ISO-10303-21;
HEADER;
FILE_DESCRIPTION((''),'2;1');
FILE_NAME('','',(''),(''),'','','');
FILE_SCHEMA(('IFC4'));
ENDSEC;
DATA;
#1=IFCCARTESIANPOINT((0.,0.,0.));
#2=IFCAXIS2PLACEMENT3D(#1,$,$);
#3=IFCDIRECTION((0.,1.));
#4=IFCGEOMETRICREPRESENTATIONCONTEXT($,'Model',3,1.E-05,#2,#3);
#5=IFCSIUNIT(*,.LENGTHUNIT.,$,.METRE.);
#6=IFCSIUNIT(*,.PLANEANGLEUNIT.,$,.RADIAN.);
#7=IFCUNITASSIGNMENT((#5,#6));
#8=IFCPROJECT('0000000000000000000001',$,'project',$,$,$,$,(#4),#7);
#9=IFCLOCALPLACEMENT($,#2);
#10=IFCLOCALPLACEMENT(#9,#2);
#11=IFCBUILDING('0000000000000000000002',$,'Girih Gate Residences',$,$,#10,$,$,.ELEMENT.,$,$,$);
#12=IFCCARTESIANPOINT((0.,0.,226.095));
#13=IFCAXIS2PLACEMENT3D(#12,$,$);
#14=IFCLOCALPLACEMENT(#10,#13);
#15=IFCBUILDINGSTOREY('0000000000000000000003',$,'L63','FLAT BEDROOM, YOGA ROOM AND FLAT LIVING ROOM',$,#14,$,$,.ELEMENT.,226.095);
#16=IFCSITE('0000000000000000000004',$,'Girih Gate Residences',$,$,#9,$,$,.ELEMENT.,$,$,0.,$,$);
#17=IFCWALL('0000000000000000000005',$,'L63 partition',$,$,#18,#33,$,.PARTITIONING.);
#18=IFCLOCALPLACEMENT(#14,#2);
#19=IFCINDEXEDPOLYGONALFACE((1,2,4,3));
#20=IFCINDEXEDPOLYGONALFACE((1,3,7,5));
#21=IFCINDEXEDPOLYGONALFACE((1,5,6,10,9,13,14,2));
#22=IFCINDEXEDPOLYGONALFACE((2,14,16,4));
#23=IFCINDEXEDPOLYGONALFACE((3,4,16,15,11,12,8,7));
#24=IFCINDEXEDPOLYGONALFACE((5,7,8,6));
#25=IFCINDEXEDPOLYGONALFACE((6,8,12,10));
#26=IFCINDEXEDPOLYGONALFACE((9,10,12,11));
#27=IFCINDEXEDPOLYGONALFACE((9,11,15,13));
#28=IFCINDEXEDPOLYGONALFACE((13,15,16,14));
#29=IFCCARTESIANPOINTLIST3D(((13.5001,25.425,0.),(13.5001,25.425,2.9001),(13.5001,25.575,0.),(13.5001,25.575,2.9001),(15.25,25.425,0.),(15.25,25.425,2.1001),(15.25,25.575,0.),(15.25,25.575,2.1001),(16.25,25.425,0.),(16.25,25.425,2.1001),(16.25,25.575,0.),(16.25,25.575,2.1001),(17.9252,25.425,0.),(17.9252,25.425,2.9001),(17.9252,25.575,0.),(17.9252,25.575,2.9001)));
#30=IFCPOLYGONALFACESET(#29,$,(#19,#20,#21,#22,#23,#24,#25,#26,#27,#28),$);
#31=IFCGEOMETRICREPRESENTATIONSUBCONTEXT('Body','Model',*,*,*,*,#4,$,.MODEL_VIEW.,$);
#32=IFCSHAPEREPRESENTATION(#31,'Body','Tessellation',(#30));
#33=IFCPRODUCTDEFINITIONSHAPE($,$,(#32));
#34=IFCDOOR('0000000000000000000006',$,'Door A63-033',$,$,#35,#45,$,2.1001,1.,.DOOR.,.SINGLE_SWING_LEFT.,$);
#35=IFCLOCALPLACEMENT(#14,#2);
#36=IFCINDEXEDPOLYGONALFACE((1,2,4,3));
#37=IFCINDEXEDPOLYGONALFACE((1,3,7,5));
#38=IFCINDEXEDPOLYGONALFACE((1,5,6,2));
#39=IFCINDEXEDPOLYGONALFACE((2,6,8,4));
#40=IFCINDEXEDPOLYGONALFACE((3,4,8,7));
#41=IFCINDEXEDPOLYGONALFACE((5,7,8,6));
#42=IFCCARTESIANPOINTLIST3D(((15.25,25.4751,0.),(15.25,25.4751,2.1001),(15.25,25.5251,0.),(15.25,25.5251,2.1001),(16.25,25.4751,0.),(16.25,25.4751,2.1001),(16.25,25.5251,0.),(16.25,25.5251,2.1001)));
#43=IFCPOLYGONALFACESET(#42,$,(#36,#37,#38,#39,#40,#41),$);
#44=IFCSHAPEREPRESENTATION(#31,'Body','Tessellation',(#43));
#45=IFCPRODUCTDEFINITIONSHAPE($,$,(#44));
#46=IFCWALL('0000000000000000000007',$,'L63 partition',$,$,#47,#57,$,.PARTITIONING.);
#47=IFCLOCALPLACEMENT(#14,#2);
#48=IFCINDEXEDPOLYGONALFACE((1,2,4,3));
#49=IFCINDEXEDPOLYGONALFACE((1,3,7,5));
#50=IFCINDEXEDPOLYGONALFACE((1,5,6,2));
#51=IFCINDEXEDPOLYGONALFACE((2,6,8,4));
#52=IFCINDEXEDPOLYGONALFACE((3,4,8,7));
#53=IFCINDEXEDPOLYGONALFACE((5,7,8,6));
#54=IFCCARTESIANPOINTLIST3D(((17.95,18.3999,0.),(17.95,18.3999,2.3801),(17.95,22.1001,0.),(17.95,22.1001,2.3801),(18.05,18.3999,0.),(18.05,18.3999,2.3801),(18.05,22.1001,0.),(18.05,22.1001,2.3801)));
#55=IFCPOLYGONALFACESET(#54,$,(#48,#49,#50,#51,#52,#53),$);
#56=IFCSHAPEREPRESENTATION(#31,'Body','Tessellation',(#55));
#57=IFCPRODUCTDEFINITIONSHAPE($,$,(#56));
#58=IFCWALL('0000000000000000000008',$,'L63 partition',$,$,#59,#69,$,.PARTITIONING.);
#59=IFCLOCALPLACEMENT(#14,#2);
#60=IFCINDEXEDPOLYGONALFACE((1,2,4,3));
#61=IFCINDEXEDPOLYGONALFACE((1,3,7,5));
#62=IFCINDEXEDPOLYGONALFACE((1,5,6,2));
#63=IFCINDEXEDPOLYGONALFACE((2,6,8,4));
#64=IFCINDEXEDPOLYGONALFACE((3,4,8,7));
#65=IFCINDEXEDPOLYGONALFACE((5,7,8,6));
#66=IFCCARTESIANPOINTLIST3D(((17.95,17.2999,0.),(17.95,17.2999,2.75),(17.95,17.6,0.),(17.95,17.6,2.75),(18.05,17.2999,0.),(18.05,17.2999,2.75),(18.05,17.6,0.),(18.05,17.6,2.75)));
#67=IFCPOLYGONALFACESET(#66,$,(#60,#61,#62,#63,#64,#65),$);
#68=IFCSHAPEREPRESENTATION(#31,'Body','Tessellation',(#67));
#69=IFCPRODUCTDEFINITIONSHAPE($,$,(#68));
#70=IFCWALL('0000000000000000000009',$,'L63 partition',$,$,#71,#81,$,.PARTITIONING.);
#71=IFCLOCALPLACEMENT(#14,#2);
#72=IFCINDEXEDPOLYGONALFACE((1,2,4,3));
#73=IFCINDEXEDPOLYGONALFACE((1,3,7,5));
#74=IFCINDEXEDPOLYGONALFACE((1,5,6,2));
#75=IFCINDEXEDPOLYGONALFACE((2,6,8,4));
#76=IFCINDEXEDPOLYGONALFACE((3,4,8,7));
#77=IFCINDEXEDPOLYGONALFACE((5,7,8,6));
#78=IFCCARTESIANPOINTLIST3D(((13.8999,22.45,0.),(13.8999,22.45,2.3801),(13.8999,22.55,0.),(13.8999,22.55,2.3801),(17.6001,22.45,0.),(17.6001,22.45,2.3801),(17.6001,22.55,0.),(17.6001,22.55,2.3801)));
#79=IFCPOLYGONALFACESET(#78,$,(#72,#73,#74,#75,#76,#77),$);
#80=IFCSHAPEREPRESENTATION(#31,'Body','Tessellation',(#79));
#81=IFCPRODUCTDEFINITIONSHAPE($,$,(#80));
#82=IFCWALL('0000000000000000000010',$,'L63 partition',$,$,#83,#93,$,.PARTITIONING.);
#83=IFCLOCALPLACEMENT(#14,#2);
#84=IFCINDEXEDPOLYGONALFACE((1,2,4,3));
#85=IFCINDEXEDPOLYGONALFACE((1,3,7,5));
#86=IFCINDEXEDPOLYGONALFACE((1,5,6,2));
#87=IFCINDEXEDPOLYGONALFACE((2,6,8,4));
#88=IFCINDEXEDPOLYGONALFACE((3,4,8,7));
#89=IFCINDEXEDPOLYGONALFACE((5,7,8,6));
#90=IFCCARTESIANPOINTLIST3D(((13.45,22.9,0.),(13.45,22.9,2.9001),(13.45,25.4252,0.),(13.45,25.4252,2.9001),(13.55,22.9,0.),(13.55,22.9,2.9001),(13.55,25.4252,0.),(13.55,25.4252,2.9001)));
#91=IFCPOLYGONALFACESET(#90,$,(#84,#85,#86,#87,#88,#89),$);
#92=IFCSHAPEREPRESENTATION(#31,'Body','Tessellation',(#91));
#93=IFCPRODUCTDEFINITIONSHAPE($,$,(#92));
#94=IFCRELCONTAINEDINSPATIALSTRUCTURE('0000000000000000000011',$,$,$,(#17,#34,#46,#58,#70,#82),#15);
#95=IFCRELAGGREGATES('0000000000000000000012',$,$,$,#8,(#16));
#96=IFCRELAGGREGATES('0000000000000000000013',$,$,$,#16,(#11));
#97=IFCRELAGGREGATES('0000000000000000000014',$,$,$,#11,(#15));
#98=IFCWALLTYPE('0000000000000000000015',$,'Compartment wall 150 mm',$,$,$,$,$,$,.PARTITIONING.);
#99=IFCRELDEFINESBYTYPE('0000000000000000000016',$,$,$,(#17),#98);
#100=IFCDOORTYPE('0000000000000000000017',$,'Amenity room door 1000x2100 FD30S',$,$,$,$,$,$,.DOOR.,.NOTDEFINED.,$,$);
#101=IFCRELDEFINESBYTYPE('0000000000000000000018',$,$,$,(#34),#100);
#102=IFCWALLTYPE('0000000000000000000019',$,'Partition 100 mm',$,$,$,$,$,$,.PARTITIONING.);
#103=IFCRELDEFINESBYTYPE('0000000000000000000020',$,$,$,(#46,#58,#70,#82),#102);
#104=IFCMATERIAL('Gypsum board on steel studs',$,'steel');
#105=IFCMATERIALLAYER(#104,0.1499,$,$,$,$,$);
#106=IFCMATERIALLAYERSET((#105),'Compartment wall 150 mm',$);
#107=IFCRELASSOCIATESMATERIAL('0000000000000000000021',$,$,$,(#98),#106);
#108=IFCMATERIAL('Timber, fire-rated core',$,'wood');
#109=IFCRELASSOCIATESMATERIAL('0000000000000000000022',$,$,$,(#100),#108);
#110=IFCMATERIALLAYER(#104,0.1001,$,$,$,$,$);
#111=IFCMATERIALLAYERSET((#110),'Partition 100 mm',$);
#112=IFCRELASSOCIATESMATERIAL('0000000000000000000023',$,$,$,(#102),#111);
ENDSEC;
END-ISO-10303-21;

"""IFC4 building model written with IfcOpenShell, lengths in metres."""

from ifc_helpers import new_model, si_unit, direction, frame, frame_2d, origin, place, context, subcontext, project, spatial, rectangle, extrude, material, layer, layer_set, type_object, element, fill, save


model = new_model("IFC4")

# Units and contexts
model_context = context("Model", 3, precision=1e-05, world=origin(), true_north=direction((0.0, 1.0)))
body_context = subcontext(model_context, "Body", "Model", "MODEL_VIEW")
ifc_project = project(units=[si_unit("LENGTHUNIT", "METRE"), si_unit("PLANEANGLEUNIT", "RADIAN")], contexts=[model_context])

# Site, building, storey
site_placement = place(None, origin())
site = spatial("IfcSite", under=ifc_project, at=site_placement, Name="Girih Gate Residences", CompositionType="ELEMENT", RefElevation=0.0)
building_placement = place(site_placement, origin())
building = spatial("IfcBuilding", under=site, at=building_placement, Name="Girih Gate Residences", CompositionType="ELEMENT")
storey_placement = place(building_placement, frame((0.0, 0.0, 226.095)))
storey = spatial("IfcBuildingStorey", under=building, at=storey_placement, Name="L63", Description="FLAT BEDROOM, YOGA ROOM AND FLAT LIVING ROOM", CompositionType="ELEMENT", Elevation=226.095)

# Shared definitions
ifc_material_1 = material(Name="Gypsum board on steel studs", Category="steel")
ifc_layer_1 = layer(ifc_material_1, 0.1499)
ifc_layer_set_1 = layer_set([ifc_layer_1], Name="Compartment wall 150 mm")
wall_type_1 = type_object("IfcWallType", Name="Compartment wall 150 mm", PredefinedType="PARTITIONING", material=ifc_layer_set_1)

# Wall, opening, door
ifc_material_2 = material(Name="Timber, fire-rated core", Category="wood")
door_type = type_object("IfcDoorType", Name="Amenity room door 1000x2100 FD30S", OperationType="NOTDEFINED", PredefinedType="DOOR", material=ifc_material_2)
wall_1_placement = place(storey_placement, frame((17.925, 25.5, 0.0), z_axis=(0.0, 0.0, 1.0), x_axis=(-1.0, 0.0, 0.0)))
wall_1 = element("IfcWall", 1, at=wall_1_placement, inside=storey, type_object=wall_type_1, Name="L63 partition", PredefinedType="PARTITIONING", context=body_context, shape_type="SweptSolid", body=[
    extrude(rectangle(XDim=4.425, YDim=0.1499, at=frame_2d((2.2124, 0.0))), origin(), (0.0, 0.0, 1.0), 2.9001),
])
opening_1_placement = place(wall_1_placement, frame((1.675, 0.0, 0.0)))
opening_1 = element("IfcOpeningElement", 2, at=opening_1_placement, cuts=wall_1, PredefinedType="OPENING", context=body_context, shape_type="SweptSolid", body=[
    extrude(rectangle(XDim=1.0, YDim=2.1001, at=frame_2d((0.5, 1.05))), frame((0.0, 0.085, 0.0), z_axis=(0.0, -1.0, 0.0), x_axis=(1.0, 0.0, 0.0)), (0.0, 0.0, 1.0), 0.1699),
])
door_1_placement = place(opening_1_placement, origin())
door_1 = element("IfcDoor", 3, at=door_1_placement, inside=storey, type_object=door_type, Name="Door A63-033", OperationType="SINGLE_SWING_LEFT", OverallHeight=2.1001, OverallWidth=1.0, PredefinedType="DOOR", context=body_context, shape_type="SweptSolid", body=[
    extrude(rectangle(XDim=1.0, YDim=2.1001, at=frame_2d((0.5, 1.05))), frame((0.0, 0.0249, 0.0), z_axis=(0.0, -1.0, 0.0), x_axis=(1.0, 0.0, 0.0)), (0.0, 0.0, 1.0), 0.05),
])
fill(opening_1, door_1)

# Walls
ifc_layer_2 = layer(ifc_material_1, 0.1001)
ifc_layer_set_2 = layer_set([ifc_layer_2], Name="Partition 100 mm")
wall_type_2 = type_object("IfcWallType", Name="Partition 100 mm", PredefinedType="PARTITIONING", material=ifc_layer_set_2)
wall_2_placement = place(storey_placement, frame((18.0, 18.3999, 0.0), z_axis=(0.0, 0.0, 1.0), x_axis=(0.0, 1.0, 0.0)))
element("IfcWall", 4, at=wall_2_placement, inside=storey, type_object=wall_type_2, Name="L63 partition", PredefinedType="PARTITIONING", context=body_context, shape_type="SweptSolid", body=[
    extrude(rectangle(XDim=3.7002, YDim=0.1001, at=frame_2d((1.8501, 0.0))), origin(), (0.0, 0.0, 1.0), 2.3801),
])
wall_3_placement = place(storey_placement, frame((18.0, 17.3, 0.0), z_axis=(0.0, 0.0, 1.0), x_axis=(0.0, 1.0, 0.0)))
element("IfcWall", 5, at=wall_3_placement, inside=storey, type_object=wall_type_2, Name="L63 partition", PredefinedType="PARTITIONING", context=body_context, shape_type="SweptSolid", body=[
    extrude(rectangle(XDim=0.3, YDim=0.1001, at=frame_2d((0.1499, 0.0))), origin(), (0.0, 0.0, 1.0), 2.75),
])
wall_4_placement = place(storey_placement, frame((13.8999, 22.5, 0.0), z_axis=(0.0, 0.0, 1.0), x_axis=(1.0, 0.0, 0.0)))
element("IfcWall", 6, at=wall_4_placement, inside=storey, type_object=wall_type_2, Name="L63 partition", PredefinedType="PARTITIONING", context=body_context, shape_type="SweptSolid", body=[
    extrude(rectangle(XDim=3.7002, YDim=0.1001, at=frame_2d((1.8501, 0.0))), origin(), (0.0, 0.0, 1.0), 2.3801),
])
wall_5_placement = place(storey_placement, frame((13.5, 22.8999, 0.0), z_axis=(0.0, 0.0, 1.0), x_axis=(0.0, 1.0, 0.0)))
element("IfcWall", 7, at=wall_5_placement, inside=storey, type_object=wall_type_2, Name="L63 partition", PredefinedType="PARTITIONING", context=body_context, shape_type="SweptSolid", body=[
    extrude(rectangle(XDim=2.5251, YDim=0.1001, at=frame_2d((1.2627, 0.0))), origin(), (0.0, 0.0, 1.0), 2.9001),
])

save(model, "model.ifc")
